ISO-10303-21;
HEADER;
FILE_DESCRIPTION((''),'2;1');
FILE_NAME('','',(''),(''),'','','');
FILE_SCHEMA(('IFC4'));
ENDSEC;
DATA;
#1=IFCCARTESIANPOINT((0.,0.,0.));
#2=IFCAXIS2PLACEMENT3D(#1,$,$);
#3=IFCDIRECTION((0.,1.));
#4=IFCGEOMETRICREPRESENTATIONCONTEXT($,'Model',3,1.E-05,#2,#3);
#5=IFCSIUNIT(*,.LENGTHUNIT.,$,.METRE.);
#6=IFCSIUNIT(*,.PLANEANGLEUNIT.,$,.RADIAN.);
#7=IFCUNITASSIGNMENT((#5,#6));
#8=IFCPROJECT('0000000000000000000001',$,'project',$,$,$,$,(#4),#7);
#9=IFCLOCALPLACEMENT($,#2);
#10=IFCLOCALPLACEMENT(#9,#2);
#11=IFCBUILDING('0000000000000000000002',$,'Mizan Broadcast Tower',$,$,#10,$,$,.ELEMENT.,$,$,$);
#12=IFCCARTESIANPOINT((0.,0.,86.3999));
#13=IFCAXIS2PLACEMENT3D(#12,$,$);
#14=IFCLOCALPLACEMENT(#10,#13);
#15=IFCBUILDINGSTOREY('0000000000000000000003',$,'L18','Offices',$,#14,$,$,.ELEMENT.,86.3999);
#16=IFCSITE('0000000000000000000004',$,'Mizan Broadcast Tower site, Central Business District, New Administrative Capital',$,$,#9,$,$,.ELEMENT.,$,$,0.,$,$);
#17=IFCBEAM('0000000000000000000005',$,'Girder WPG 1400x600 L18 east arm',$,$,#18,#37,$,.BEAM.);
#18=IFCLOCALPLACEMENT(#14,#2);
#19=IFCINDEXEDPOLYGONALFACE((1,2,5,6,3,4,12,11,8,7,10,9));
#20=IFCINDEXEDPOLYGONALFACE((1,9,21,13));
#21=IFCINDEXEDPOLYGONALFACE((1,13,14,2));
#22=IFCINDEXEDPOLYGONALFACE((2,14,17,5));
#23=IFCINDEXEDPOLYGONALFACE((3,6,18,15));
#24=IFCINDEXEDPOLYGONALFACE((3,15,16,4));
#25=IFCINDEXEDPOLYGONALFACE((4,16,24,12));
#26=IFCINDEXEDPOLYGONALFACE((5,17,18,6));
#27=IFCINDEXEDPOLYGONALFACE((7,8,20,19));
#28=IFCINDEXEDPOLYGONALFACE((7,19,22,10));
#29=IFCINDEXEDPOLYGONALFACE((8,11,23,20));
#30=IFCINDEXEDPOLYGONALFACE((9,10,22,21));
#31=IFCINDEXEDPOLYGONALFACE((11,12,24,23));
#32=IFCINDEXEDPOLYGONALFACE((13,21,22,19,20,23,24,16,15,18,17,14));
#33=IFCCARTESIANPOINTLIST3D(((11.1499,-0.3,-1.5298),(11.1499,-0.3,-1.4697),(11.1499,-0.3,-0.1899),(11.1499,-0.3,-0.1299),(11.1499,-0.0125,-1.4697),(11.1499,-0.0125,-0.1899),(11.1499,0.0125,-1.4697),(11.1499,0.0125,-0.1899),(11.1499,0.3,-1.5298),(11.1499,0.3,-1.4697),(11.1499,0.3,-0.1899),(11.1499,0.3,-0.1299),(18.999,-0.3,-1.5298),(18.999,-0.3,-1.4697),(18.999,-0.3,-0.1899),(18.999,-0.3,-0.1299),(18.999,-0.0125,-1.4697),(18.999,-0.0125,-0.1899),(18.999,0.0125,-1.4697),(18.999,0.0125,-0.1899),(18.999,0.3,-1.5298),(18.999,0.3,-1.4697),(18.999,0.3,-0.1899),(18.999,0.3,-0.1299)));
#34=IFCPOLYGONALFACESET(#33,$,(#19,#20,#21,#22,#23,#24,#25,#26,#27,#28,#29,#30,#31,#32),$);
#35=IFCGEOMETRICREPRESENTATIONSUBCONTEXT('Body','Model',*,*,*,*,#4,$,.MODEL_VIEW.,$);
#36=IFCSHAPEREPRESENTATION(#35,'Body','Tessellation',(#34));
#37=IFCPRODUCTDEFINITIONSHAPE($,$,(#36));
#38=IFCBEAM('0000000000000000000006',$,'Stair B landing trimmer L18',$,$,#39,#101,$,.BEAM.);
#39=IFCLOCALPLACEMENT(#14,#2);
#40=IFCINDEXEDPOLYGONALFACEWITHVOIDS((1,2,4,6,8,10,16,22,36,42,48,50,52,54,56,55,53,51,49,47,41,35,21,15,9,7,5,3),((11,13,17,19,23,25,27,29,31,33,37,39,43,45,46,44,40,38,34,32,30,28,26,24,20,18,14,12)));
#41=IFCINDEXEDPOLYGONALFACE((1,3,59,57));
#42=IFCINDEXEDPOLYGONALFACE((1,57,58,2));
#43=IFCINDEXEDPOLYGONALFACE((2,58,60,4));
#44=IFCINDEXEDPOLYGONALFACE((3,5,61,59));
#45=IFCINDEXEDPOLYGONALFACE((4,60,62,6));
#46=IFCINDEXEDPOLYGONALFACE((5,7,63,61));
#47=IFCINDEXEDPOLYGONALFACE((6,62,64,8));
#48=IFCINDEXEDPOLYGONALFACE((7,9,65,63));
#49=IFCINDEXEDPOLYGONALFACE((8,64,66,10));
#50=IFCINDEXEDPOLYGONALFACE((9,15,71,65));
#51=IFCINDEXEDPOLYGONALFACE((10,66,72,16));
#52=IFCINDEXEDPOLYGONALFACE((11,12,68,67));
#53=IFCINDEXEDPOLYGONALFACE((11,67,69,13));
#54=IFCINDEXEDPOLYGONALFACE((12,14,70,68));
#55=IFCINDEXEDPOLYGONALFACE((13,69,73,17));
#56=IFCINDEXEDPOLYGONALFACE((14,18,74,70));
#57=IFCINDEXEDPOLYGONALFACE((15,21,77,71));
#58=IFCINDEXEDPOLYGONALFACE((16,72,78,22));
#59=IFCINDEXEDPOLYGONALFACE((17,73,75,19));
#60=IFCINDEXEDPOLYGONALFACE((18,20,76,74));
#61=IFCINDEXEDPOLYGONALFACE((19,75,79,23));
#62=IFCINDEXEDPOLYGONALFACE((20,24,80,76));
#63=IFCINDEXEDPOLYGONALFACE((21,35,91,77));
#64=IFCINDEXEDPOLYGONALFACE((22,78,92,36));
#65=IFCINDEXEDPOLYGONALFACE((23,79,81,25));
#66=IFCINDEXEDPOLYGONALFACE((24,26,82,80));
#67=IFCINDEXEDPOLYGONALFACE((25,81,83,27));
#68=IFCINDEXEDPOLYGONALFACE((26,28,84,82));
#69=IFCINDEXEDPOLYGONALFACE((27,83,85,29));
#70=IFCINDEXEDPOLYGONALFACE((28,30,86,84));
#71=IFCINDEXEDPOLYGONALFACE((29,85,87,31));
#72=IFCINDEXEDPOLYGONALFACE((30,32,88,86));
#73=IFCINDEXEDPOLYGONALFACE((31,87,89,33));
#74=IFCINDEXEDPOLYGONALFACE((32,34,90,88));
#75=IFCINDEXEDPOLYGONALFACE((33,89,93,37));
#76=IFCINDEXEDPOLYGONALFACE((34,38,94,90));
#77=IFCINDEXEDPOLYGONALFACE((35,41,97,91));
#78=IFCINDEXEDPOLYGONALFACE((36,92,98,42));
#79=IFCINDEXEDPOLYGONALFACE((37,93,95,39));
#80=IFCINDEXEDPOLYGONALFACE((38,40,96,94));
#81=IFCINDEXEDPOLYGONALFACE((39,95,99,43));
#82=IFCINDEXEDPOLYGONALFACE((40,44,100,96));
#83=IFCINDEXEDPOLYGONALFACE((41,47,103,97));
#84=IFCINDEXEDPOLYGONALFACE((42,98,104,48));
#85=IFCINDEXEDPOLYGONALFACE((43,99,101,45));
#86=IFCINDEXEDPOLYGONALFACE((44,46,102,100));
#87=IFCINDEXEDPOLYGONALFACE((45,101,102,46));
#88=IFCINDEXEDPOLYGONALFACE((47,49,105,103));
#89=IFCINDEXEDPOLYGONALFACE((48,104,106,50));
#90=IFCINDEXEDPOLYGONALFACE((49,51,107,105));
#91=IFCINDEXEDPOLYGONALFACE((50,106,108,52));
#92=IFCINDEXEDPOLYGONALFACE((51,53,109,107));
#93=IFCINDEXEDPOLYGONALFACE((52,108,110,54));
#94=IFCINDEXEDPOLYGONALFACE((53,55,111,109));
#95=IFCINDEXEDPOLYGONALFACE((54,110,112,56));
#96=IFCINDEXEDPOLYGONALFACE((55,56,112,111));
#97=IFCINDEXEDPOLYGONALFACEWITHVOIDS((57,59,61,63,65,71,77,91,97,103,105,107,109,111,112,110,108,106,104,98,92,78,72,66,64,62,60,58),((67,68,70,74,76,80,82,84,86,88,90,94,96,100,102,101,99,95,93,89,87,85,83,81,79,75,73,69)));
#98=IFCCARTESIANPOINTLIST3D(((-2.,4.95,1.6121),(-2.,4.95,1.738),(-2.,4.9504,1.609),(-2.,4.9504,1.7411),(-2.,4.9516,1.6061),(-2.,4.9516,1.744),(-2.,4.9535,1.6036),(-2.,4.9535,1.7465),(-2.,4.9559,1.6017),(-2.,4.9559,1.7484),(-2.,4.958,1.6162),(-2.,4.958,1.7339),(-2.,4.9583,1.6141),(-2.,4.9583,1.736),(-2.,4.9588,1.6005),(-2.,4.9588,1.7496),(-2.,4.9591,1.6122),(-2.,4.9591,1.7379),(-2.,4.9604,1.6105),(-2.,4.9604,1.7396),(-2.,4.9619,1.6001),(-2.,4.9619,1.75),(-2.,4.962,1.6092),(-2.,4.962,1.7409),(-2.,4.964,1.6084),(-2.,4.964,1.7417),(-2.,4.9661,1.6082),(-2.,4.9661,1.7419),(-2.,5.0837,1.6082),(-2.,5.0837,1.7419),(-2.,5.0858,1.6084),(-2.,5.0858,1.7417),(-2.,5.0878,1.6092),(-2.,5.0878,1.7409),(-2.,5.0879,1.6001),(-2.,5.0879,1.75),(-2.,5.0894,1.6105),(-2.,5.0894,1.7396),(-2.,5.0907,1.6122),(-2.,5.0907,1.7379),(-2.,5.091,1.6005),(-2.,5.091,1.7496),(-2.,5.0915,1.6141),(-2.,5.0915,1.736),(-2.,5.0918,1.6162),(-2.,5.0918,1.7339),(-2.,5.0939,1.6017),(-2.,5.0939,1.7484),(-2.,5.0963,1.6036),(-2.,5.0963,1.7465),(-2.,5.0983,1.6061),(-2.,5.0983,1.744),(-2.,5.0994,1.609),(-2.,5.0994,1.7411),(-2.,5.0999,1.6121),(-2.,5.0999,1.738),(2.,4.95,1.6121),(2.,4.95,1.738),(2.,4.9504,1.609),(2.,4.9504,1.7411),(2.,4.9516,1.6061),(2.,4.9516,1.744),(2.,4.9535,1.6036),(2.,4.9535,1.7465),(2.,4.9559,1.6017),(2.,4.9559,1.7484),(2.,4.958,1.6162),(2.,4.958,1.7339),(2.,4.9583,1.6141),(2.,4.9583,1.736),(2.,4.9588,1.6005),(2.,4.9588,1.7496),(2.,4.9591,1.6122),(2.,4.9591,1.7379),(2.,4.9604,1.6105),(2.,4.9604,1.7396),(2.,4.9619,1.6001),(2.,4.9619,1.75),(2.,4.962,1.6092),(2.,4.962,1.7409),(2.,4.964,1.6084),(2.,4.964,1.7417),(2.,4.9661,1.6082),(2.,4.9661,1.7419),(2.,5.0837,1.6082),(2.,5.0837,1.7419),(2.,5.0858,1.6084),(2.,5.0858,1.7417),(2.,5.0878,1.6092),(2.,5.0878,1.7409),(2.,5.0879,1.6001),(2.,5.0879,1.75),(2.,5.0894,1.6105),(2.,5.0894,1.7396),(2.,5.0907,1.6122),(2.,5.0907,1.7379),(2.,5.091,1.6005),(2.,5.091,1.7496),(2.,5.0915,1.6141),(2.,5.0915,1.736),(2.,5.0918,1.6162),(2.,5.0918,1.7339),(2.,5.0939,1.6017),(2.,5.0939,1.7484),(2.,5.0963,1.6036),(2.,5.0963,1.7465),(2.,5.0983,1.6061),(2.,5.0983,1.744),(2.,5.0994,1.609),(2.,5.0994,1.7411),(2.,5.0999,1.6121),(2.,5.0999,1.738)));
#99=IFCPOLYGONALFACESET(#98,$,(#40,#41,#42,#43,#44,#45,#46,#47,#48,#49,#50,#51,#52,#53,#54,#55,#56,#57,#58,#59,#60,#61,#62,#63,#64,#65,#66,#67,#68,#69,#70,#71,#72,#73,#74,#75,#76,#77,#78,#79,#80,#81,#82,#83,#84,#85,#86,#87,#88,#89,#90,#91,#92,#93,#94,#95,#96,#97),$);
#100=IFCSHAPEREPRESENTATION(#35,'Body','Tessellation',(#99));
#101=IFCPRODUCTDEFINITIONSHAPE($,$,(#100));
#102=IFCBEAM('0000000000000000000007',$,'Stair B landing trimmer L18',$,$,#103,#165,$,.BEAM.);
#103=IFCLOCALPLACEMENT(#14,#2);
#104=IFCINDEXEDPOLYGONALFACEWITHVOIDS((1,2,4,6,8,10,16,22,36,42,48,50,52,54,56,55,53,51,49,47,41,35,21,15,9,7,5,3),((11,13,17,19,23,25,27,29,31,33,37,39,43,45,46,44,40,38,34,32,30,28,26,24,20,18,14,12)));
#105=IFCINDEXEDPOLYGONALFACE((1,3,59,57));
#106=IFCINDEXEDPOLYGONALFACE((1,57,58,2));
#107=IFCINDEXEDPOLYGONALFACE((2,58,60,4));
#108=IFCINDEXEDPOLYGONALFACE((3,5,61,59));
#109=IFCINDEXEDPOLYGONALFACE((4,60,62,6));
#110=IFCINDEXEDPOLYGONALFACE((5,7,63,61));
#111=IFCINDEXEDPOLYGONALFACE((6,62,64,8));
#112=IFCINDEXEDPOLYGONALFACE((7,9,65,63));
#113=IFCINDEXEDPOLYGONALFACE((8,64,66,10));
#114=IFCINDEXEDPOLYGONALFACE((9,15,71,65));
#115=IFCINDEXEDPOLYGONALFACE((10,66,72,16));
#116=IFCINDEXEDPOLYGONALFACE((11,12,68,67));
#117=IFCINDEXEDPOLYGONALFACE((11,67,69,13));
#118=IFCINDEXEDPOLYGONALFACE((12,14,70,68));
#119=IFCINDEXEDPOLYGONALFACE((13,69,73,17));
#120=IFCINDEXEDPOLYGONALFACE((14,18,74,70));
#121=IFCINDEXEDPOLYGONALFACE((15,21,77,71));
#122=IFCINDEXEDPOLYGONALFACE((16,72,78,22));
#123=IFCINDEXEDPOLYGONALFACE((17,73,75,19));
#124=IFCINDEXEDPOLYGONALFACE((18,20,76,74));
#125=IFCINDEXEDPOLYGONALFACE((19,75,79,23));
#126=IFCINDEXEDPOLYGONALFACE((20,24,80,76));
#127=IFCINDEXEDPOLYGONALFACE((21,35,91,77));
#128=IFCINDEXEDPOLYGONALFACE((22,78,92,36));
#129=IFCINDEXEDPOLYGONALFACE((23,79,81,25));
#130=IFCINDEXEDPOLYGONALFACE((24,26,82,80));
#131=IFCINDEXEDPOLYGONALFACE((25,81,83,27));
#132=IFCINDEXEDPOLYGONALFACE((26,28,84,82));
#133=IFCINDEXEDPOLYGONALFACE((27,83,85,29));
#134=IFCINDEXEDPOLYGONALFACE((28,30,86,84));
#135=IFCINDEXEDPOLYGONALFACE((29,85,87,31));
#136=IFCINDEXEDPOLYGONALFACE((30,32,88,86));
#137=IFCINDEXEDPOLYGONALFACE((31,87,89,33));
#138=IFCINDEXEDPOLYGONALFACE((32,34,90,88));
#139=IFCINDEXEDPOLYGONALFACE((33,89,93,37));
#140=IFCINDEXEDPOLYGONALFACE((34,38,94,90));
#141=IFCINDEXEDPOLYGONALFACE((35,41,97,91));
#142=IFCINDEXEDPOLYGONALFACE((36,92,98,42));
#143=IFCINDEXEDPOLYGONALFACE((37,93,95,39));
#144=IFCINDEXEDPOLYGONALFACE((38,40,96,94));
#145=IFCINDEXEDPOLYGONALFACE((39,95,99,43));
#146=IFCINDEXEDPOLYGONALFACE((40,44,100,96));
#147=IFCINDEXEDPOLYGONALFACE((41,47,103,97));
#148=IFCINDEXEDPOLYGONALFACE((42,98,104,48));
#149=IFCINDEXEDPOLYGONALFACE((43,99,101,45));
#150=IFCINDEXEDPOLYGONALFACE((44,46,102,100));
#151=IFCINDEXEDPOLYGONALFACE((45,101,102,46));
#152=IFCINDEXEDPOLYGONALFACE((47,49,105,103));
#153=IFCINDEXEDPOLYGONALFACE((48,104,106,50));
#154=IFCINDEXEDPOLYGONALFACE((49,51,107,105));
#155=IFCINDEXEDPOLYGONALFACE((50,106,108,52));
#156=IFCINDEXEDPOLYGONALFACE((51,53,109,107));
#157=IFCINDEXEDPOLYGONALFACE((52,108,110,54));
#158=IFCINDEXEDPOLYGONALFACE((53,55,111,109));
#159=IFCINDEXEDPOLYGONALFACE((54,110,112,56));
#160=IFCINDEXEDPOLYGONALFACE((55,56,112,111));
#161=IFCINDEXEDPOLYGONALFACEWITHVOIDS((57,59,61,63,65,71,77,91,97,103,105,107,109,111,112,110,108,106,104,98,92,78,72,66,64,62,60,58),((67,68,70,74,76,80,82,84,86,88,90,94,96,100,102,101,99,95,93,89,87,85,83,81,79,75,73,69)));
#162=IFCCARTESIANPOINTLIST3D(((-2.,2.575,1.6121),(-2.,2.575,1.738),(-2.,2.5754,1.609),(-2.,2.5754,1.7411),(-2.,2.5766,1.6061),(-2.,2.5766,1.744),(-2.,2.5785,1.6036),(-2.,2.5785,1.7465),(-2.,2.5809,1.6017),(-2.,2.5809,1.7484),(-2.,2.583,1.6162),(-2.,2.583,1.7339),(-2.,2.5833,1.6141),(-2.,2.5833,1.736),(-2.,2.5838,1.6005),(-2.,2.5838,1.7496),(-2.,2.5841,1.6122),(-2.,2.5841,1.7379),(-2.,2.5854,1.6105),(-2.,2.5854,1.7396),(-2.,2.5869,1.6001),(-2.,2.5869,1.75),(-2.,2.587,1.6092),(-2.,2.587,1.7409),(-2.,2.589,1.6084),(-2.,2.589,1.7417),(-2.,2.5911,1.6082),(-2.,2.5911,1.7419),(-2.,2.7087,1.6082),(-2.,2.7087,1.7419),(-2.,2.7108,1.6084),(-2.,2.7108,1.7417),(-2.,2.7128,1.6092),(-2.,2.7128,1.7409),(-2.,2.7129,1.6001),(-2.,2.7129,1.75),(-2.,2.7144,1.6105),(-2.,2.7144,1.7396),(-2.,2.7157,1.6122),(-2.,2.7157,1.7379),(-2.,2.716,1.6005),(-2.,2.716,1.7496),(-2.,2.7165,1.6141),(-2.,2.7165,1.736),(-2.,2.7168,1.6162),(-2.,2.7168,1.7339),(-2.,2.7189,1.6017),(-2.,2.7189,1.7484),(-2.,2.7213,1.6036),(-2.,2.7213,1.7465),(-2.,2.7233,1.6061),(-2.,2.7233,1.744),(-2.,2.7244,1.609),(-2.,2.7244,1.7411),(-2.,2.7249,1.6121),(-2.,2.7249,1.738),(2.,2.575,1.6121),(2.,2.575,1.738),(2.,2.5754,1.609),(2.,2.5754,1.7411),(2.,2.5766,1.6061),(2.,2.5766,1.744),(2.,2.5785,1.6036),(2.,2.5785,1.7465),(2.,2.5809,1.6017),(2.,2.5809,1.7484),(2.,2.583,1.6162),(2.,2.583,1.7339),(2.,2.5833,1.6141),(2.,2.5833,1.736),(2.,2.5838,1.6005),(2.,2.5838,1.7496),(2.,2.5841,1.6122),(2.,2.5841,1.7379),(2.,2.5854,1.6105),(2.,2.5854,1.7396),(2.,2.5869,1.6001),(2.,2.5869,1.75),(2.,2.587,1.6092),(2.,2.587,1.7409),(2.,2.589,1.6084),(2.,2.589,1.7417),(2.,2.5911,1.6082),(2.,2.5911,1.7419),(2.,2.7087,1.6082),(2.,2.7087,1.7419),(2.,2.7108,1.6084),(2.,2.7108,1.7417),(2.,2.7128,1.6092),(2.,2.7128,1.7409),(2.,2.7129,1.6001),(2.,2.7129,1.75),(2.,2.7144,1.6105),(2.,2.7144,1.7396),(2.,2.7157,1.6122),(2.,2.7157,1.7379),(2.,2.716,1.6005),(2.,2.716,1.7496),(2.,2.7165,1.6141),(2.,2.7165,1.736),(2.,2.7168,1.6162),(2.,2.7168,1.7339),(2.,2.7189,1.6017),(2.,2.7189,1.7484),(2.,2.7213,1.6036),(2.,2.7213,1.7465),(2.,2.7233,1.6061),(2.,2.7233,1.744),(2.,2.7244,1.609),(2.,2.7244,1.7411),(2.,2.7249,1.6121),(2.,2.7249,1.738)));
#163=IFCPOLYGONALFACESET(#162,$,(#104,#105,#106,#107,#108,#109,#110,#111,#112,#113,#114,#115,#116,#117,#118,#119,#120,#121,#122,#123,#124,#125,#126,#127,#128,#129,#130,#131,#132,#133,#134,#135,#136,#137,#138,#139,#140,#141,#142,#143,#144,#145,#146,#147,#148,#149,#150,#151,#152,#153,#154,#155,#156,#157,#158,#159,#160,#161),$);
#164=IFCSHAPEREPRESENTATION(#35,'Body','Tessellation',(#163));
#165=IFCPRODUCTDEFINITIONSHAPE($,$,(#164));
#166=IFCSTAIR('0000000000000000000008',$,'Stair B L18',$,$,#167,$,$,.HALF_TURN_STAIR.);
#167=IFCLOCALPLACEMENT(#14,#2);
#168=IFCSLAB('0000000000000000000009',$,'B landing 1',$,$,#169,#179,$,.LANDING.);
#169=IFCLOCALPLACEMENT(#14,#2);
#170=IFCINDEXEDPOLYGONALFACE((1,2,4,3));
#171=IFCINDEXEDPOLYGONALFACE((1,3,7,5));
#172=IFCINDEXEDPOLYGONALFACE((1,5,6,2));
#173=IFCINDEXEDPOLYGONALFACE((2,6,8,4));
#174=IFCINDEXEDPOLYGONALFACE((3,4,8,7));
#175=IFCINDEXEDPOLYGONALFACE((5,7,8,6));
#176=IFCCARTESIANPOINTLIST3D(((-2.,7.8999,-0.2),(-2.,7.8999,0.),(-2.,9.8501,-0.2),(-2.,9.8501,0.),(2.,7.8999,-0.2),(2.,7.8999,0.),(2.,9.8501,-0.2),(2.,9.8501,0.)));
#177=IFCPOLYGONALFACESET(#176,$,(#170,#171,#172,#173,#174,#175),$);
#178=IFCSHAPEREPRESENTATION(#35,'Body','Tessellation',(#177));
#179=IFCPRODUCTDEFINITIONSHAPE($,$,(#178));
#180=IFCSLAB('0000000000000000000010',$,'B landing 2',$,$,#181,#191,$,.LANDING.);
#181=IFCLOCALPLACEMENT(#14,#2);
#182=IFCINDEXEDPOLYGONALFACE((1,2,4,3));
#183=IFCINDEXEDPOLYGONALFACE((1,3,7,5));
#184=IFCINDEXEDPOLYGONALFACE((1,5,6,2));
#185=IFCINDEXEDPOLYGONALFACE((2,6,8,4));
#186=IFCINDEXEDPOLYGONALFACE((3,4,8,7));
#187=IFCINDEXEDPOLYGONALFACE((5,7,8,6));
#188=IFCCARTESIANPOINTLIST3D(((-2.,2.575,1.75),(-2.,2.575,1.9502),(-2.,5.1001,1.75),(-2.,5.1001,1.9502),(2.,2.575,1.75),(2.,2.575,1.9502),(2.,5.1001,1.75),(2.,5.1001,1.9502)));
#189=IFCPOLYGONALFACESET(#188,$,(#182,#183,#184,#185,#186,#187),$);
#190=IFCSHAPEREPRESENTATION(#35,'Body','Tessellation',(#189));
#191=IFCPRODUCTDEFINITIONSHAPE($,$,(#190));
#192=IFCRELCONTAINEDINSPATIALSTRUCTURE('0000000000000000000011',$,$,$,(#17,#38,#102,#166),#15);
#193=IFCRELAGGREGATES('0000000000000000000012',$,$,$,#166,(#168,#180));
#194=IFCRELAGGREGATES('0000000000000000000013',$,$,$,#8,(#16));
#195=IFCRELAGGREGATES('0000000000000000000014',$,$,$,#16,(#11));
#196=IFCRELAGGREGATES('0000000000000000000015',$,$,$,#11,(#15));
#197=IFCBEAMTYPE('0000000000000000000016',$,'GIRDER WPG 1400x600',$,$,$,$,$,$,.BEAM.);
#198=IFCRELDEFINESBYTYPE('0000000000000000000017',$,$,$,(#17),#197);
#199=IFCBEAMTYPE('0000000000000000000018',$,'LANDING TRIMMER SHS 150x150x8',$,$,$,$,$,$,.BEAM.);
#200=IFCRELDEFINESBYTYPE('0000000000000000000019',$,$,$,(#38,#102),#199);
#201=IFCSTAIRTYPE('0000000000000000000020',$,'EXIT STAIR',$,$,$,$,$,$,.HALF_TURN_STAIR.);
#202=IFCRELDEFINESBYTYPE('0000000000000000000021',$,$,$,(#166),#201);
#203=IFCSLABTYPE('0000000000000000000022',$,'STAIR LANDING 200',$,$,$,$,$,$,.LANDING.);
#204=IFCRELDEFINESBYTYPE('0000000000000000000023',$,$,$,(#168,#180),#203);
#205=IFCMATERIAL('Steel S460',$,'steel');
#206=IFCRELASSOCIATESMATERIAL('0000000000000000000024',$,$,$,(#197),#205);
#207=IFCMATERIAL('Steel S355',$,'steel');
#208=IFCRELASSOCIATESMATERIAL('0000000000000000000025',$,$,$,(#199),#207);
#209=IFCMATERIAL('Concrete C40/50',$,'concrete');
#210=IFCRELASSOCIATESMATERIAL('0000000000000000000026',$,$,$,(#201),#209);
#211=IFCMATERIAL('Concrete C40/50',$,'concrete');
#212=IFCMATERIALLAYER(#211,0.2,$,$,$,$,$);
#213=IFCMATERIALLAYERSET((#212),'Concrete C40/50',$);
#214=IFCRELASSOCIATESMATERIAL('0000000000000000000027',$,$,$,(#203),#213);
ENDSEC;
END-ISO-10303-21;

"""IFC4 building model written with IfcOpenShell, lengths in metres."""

from ifc_helpers import new_model, si_unit, direction, frame, origin, origin_2d, place, context, subcontext, project, spatial, polyline, hollow_rectangle, i_section, outline, extrude, material, layer, layer_set, material_profile, profile_set, type_object, element, aggregate, save


model = new_model("IFC4")

# Units and contexts
model_context = context("Model", 3, precision=1e-05, world=origin(), true_north=direction((0.0, 1.0)))
body_context = subcontext(model_context, "Body", "Model", "MODEL_VIEW")
ifc_project = project(units=[si_unit("LENGTHUNIT", "METRE"), si_unit("PLANEANGLEUNIT", "RADIAN")], contexts=[model_context])

# Site, building, storey
site_placement = place(None, origin())
site = spatial("IfcSite", under=ifc_project, at=site_placement, Name="Mizan Broadcast Tower site, Central Business District, New Administrative Capital", CompositionType="ELEMENT", RefElevation=0.0)
building_placement = place(site_placement, origin())
building = spatial("IfcBuilding", under=site, at=building_placement, Name="Mizan Broadcast Tower", CompositionType="ELEMENT")
storey_placement = place(building_placement, frame((0.0, 0.0, 86.3999)))
storey = spatial("IfcBuildingStorey", under=building, at=storey_placement, Name="L18", Description="Offices", CompositionType="ELEMENT", Elevation=86.3999)

# Beams
ifc_material_1 = material(Name="Steel S460", Category="steel")
ifc_material_profile_1 = material_profile(ifc_material_1, i_section(OverallWidth=0.6001, OverallDepth=1.3999, WebThickness=0.0249, FlangeThickness=0.0601, at=origin_2d()), Name="WPG 1400x600")
ifc_profile_set_1 = profile_set([ifc_material_profile_1], Name="Steel S460")
beam_type_1 = type_object("IfcBeamType", Name="GIRDER WPG 1400x600", PredefinedType="BEAM", material=ifc_profile_set_1)
beam_placement = place(storey_placement, frame((11.1499, 0.0, -0.8298), z_axis=(1.0, 0.0, 0.0), x_axis=(0.0, 1.0, 0.0)))
element("IfcBeam", 1, at=beam_placement, inside=storey, type_object=beam_type_1, Name="Girder WPG 1400x600 L18 east arm", PredefinedType="BEAM", context=body_context, shape_type="SweptSolid", body=[
    extrude(i_section(OverallWidth=0.6001, OverallDepth=1.3999, WebThickness=0.0249, FlangeThickness=0.0601, at=origin_2d()), origin(), (0.0, 0.0, 1.0), 7.8491),
])
ifc_material_2 = material(Name="Steel S355", Category="steel")
ifc_material_profile_2 = material_profile(ifc_material_2, hollow_rectangle(XDim=0.1499, YDim=0.1499, WallThickness=0.0081, InnerFilletRadius=0.0081, OuterFilletRadius=0.012, at=origin_2d()), Name="SHS 150x150x8")
ifc_profile_set_2 = profile_set([ifc_material_profile_2], Name="Steel S355")
beam_type_2 = type_object("IfcBeamType", Name="LANDING TRIMMER SHS 150x150x8", PredefinedType="BEAM", material=ifc_profile_set_2)
for number, where, z_axis, x_axis, name in (
    (2, (2.0, 5.0249, 1.675), (-1.0, 0.0, 0.0), (0.0, -1.0, 0.0), "Stair B landing trimmer L18"),
    (3, (2.0, 2.6499, 1.675), (-1.0, 0.0, 0.0), (0.0, -1.0, 0.0), "Stair B landing trimmer L18"),
):
    element("IfcBeam", number, at=place(storey_placement, frame(where, z_axis=z_axis, x_axis=x_axis)), inside=storey, type_object=beam_type_2, Name=name, PredefinedType="BEAM", context=body_context, shape_type="SweptSolid", body=[
        extrude(hollow_rectangle(XDim=0.1499, YDim=0.1499, WallThickness=0.0081, InnerFilletRadius=0.0081, OuterFilletRadius=0.012, at=origin_2d()), origin(), (0.0, 0.0, 1.0), 4.0),
    ])

# Stair, slabs
ifc_material_3 = material(Name="Concrete C40/50", Category="concrete")
stair_type = type_object("IfcStairType", Name="EXIT STAIR", PredefinedType="HALF_TURN_STAIR", material=ifc_material_3)
stair_placement = place(storey_placement, origin())
stair = element("IfcStair", 4, at=stair_placement, inside=storey, type_object=stair_type, Name="Stair B L18", PredefinedType="HALF_TURN_STAIR")
ifc_material_4 = material(Name="Concrete C40/50", Category="concrete")
ifc_layer_1 = layer(ifc_material_4, 0.2)
ifc_layer_set_1 = layer_set([ifc_layer_1], Name="Concrete C40/50")
slab_type = type_object("IfcSlabType", Name="STAIR LANDING 200", PredefinedType="LANDING", material=ifc_layer_set_1)
slab_1_placement = place(storey_placement, frame((0.0, 0.0, -0.2)))
slab_1 = element("IfcSlab", 5, at=slab_1_placement, type_object=slab_type, Name="B landing 1", PredefinedType="LANDING", context=body_context, shape_type="SweptSolid", body=[
    extrude(outline(polyline([(2.0, 9.8501), (2.0, 7.8999), (-2.0, 7.8999), (-2.0, 9.8501), (2.0, 9.8501)])), origin(), (0.0, 0.0, 1.0), 0.2),
])
slab_2_placement = place(storey_placement, frame((0.0, 0.0, 1.75)))
slab_2 = element("IfcSlab", 6, at=slab_2_placement, type_object=slab_type, Name="B landing 2", PredefinedType="LANDING", context=body_context, shape_type="SweptSolid", body=[
    extrude(outline(polyline([(2.0, 5.1001), (2.0, 2.575), (-2.0, 2.575), (-2.0, 5.1001), (2.0, 5.1001)])), origin(), (0.0, 0.0, 1.0), 0.2002),
])

aggregate(stair, [slab_1, slab_2])

save(model, "model.ifc")
